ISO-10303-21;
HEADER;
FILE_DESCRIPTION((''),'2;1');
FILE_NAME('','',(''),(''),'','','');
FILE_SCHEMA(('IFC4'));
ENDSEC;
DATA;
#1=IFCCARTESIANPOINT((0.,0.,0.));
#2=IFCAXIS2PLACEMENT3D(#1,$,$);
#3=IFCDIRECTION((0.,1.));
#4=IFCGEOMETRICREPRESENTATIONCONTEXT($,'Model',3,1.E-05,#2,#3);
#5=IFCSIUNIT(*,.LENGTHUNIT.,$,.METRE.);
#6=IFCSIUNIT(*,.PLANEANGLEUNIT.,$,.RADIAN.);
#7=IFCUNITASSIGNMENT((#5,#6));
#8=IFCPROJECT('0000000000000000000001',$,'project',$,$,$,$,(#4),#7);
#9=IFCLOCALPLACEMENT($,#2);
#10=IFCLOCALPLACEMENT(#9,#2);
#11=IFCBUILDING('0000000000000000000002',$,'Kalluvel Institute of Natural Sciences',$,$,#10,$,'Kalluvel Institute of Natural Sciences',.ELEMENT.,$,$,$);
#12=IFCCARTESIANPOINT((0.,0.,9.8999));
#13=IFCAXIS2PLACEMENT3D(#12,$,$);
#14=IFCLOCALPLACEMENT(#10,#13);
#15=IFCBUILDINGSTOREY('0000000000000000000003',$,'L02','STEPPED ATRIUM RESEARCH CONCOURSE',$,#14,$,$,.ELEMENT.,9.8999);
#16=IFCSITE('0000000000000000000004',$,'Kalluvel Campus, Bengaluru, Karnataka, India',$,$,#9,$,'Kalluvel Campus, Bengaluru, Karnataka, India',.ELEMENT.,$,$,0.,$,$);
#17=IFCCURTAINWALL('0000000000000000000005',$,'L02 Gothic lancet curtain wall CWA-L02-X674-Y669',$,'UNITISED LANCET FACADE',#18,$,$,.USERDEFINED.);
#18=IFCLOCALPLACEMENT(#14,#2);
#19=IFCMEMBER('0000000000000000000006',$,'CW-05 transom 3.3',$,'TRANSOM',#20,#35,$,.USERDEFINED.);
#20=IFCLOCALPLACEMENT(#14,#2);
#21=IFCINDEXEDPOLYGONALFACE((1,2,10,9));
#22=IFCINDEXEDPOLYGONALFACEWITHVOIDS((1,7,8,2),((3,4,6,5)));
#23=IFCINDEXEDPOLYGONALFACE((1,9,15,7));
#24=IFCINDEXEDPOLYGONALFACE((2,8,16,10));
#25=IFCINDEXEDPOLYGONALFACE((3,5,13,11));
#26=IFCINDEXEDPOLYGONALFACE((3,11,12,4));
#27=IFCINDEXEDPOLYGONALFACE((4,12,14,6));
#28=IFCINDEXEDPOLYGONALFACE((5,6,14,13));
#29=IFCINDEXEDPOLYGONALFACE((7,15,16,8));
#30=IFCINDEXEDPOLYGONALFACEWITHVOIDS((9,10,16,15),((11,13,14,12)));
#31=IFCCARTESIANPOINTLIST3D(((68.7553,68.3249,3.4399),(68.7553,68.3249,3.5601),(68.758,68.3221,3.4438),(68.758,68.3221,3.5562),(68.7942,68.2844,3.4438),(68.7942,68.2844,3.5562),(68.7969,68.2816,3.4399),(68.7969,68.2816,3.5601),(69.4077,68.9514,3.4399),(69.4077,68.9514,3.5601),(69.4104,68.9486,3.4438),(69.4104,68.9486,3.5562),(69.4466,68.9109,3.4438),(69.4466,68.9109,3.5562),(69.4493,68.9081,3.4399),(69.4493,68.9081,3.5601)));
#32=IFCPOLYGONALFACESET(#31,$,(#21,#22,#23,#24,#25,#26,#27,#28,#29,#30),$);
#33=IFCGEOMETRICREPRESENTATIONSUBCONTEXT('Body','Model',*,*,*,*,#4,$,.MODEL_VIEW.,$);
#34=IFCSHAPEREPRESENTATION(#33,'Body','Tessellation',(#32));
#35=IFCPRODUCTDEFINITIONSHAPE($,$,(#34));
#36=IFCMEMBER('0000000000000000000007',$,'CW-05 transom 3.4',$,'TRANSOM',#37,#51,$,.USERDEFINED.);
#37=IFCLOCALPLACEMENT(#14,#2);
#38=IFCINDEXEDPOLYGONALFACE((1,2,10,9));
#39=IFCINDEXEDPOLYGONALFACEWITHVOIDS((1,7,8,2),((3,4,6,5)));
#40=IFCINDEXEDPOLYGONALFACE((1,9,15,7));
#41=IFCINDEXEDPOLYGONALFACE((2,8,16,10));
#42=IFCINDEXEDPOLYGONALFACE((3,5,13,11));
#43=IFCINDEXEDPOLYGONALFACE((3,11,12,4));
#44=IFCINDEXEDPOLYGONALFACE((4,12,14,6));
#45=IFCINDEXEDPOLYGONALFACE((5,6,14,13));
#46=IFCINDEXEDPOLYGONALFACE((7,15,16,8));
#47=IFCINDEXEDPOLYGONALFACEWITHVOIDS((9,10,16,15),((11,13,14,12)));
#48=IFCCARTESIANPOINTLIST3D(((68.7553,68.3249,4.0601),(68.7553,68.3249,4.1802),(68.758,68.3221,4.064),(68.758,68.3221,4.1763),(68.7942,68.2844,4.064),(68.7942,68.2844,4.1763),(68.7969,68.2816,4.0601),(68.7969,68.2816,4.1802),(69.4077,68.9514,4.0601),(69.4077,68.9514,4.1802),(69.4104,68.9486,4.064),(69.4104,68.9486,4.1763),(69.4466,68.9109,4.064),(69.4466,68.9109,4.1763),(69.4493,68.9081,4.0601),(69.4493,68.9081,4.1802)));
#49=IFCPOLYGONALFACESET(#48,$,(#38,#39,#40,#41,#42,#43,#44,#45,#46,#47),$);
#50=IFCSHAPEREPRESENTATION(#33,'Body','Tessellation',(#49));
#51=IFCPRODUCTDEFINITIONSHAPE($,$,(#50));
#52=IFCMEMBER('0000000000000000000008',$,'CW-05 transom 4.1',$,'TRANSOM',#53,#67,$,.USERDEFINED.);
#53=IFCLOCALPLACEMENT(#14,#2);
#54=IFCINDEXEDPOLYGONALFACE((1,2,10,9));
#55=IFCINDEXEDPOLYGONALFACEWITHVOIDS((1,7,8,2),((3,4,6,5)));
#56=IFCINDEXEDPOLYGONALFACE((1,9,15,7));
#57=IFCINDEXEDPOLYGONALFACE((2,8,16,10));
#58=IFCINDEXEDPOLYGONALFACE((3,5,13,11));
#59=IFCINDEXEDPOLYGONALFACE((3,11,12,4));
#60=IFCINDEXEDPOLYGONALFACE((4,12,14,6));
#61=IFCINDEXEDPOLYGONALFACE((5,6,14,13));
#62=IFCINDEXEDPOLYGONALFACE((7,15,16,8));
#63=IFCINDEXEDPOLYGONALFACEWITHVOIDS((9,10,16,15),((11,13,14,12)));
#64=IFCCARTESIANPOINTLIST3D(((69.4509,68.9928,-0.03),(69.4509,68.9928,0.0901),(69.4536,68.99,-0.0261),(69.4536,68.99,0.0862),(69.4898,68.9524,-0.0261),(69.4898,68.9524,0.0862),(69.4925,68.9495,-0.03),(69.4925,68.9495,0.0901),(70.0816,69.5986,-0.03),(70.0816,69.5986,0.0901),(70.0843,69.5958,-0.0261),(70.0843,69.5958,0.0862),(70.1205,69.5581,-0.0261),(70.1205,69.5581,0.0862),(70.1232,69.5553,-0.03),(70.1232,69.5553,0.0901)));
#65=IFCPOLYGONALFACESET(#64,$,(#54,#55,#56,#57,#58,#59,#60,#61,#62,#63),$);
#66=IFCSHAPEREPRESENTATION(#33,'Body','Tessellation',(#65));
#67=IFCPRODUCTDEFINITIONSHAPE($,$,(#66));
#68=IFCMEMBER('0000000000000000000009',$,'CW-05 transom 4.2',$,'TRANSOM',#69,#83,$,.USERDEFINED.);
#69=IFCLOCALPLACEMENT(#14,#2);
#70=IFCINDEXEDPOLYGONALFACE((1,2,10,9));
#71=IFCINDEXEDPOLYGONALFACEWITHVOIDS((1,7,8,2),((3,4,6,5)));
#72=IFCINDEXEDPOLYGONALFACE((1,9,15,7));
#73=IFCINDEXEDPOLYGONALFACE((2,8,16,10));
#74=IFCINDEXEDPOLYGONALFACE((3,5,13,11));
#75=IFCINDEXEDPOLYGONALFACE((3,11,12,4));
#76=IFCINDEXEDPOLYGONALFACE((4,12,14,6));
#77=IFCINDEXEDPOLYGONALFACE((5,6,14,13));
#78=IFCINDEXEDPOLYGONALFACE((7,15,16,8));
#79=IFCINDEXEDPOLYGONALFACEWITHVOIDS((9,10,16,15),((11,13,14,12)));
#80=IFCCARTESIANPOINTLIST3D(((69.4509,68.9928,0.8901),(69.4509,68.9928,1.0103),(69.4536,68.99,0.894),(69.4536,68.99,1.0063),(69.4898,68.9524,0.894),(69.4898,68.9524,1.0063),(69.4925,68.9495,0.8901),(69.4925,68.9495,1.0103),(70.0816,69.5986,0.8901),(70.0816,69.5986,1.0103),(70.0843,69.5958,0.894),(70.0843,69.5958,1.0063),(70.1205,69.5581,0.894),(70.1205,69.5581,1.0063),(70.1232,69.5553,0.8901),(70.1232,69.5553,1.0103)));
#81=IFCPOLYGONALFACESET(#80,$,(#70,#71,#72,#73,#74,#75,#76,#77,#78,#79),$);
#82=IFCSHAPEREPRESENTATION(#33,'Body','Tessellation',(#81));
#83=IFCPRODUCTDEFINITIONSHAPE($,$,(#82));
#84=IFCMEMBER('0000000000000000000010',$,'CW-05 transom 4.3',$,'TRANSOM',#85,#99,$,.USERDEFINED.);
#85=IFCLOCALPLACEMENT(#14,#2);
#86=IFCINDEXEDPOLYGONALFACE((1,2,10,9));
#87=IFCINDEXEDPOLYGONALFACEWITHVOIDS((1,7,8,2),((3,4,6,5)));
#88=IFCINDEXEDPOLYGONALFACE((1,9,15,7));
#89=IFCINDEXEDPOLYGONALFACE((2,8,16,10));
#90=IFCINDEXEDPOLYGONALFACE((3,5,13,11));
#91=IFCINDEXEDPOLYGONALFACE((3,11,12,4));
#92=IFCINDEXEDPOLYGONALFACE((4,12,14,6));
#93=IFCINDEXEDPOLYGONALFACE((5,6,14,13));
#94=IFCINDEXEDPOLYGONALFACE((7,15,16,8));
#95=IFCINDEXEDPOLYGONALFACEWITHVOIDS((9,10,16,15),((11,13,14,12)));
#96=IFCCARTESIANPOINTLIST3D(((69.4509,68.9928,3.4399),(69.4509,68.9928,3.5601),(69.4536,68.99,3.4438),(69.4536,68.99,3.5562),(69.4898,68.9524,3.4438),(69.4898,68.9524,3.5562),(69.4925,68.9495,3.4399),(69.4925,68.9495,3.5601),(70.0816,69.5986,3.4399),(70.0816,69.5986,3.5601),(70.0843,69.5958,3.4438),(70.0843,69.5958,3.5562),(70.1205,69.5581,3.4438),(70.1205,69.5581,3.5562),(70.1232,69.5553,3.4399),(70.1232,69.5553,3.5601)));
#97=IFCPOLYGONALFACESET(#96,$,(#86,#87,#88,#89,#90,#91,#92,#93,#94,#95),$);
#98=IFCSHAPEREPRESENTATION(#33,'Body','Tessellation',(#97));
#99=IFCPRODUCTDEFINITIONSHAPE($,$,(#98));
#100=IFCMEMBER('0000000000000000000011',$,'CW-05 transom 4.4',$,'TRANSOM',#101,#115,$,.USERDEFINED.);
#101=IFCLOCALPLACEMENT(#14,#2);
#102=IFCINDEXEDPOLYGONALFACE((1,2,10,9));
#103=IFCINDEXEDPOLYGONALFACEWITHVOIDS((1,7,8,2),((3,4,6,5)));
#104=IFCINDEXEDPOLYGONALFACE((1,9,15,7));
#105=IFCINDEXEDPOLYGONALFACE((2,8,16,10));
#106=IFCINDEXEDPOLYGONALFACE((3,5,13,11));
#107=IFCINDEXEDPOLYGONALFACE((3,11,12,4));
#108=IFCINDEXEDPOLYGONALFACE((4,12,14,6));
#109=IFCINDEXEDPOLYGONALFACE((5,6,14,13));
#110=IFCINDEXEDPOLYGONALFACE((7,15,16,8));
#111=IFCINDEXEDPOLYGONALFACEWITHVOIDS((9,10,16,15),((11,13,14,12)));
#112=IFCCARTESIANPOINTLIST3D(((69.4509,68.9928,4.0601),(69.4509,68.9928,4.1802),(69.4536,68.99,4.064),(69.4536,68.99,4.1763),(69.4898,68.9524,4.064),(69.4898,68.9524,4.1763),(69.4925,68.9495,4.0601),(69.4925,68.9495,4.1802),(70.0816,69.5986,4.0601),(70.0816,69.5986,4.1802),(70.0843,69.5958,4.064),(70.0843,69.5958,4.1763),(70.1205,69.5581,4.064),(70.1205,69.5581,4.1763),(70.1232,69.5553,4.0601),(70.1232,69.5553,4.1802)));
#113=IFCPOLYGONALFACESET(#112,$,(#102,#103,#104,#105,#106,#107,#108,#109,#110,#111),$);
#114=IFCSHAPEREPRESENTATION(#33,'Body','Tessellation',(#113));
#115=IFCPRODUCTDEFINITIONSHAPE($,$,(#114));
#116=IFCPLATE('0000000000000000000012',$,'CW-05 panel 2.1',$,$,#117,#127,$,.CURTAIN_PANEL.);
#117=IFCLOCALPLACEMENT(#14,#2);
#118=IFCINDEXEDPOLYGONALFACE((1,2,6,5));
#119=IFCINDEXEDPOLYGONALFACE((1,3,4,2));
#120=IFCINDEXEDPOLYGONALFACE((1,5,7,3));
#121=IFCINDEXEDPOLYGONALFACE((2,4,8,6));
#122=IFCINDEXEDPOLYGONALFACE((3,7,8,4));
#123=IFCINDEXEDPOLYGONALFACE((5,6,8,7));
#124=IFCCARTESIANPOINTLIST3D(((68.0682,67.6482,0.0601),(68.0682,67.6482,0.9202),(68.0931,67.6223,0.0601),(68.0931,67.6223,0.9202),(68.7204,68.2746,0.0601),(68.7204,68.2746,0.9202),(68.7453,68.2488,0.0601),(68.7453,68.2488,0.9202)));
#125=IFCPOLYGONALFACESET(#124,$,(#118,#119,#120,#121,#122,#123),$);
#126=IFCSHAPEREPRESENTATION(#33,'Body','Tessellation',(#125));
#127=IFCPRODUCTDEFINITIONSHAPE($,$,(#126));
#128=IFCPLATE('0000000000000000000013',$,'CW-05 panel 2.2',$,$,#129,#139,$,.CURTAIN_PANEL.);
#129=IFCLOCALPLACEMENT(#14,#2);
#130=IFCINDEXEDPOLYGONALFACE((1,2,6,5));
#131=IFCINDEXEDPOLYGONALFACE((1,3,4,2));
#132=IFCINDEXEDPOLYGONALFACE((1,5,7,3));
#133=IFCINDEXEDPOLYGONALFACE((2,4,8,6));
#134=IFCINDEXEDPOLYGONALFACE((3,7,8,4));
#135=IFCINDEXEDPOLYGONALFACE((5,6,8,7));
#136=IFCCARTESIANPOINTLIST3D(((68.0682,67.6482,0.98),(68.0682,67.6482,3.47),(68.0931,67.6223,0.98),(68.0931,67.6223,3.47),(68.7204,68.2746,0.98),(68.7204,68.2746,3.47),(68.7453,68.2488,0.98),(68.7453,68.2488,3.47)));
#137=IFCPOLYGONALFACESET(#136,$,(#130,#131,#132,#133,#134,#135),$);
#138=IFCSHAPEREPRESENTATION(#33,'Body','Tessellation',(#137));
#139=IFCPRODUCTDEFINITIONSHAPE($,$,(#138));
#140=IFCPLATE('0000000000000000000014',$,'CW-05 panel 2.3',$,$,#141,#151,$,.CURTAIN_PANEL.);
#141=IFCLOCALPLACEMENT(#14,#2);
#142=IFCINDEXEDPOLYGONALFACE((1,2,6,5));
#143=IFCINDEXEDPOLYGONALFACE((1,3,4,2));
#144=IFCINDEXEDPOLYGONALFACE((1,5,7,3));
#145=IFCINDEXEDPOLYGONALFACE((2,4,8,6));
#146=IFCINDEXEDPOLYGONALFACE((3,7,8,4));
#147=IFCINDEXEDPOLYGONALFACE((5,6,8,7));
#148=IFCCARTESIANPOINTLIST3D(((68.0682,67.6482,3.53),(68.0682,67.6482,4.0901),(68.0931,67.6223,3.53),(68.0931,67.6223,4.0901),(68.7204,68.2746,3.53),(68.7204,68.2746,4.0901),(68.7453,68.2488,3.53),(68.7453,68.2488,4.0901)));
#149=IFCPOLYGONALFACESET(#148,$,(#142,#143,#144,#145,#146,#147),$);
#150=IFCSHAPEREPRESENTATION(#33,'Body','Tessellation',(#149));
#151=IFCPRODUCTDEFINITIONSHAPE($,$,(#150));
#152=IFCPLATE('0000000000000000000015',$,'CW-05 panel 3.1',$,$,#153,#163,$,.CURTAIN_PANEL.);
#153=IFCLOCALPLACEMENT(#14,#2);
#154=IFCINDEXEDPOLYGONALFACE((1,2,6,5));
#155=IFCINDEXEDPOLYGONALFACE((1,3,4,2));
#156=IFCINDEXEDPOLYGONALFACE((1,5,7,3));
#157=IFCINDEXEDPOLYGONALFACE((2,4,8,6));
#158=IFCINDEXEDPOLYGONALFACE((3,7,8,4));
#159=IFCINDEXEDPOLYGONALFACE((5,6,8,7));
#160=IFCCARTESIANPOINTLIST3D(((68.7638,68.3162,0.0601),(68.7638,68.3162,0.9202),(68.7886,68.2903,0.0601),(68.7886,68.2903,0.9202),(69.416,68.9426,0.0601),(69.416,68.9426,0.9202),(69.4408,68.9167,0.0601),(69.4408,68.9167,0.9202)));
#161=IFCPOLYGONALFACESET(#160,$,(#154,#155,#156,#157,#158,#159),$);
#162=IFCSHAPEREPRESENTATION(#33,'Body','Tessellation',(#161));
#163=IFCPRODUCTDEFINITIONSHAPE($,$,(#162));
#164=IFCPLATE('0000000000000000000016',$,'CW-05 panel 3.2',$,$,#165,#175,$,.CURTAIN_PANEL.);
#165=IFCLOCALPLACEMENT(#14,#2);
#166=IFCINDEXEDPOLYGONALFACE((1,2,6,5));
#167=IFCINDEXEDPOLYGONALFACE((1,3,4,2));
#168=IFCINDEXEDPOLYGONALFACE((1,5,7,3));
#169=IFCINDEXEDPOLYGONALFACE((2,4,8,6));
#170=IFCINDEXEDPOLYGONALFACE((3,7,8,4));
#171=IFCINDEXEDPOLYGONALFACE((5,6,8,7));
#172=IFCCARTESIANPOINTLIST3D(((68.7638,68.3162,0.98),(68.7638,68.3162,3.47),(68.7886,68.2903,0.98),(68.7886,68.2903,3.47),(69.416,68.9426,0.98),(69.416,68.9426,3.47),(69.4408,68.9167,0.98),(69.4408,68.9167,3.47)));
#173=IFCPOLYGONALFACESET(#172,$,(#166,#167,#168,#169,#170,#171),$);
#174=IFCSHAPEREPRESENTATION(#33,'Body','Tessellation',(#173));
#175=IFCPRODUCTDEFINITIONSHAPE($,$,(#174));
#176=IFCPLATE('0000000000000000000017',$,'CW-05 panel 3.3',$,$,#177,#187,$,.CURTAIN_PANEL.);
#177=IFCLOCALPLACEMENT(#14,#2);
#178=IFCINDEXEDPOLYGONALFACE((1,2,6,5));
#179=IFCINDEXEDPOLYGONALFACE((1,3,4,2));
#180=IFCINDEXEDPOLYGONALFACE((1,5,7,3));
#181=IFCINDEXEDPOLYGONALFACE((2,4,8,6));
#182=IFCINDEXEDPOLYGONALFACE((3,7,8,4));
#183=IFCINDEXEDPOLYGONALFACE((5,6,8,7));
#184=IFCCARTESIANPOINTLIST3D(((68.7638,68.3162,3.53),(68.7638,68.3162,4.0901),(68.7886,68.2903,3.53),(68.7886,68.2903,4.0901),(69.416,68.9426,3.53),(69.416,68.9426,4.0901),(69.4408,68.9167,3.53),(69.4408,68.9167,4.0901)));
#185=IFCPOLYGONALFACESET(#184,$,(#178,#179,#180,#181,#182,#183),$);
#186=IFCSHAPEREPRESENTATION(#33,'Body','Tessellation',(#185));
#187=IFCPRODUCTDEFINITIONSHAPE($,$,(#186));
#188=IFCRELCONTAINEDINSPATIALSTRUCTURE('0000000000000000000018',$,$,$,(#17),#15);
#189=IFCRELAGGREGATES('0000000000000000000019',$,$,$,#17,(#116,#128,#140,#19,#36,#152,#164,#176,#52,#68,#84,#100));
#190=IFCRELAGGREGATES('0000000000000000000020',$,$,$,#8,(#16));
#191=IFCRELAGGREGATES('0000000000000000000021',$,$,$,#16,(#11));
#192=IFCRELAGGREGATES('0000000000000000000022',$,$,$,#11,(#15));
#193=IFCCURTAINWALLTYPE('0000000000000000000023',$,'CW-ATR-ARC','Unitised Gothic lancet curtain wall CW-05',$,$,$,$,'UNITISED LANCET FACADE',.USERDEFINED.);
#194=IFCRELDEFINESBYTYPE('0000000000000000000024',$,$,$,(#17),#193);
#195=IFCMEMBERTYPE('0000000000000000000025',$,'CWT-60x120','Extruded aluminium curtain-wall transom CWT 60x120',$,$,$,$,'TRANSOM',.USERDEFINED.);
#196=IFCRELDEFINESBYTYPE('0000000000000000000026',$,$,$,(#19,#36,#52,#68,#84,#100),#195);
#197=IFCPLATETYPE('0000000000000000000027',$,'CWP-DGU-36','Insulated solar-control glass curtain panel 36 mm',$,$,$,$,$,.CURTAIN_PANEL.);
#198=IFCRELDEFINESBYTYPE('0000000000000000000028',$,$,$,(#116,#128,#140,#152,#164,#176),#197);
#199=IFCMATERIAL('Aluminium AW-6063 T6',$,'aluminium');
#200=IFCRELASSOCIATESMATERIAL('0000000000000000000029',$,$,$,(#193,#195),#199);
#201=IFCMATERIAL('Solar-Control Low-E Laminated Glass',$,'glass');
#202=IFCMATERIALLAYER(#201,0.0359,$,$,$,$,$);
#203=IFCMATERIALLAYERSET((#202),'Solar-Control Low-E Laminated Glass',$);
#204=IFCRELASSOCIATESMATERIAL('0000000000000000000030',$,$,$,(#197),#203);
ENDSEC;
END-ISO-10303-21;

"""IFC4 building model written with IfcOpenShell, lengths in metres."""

from ifc_helpers import new_model, si_unit, direction, frame, origin, origin_2d, place, context, subcontext, project, spatial, rectangle, hollow_rectangle, extrude, material, layer, layer_set, material_profile, profile_set, type_object, element, aggregate, save


model = new_model("IFC4")

# Units and contexts
model_context = context("Model", 3, precision=1e-05, world=origin(), true_north=direction((0.0, 1.0)))
body_context = subcontext(model_context, "Body", "Model", "MODEL_VIEW")
ifc_project = project(units=[si_unit("LENGTHUNIT", "METRE"), si_unit("PLANEANGLEUNIT", "RADIAN")], contexts=[model_context])

# Site, building, storey
site_placement = place(None, origin())
site = spatial("IfcSite", under=ifc_project, at=site_placement, Name="Kalluvel Campus, Bengaluru, Karnataka, India", LongName="Kalluvel Campus, Bengaluru, Karnataka, India", CompositionType="ELEMENT", RefElevation=0.0)
building_placement = place(site_placement, origin())
building = spatial("IfcBuilding", under=site, at=building_placement, Name="Kalluvel Institute of Natural Sciences", LongName="Kalluvel Institute of Natural Sciences", CompositionType="ELEMENT")
storey_placement = place(building_placement, frame((0.0, 0.0, 9.8999)))
storey = spatial("IfcBuildingStorey", under=building, at=storey_placement, Name="L02", Description="STEPPED ATRIUM RESEARCH CONCOURSE", CompositionType="ELEMENT", Elevation=9.8999)

# Curtain wall, members, plates
ifc_material_1 = material(Name="Aluminium AW-6063 T6", Category="aluminium")
curtain_wall_type = type_object("IfcCurtainWallType", Name="CW-ATR-ARC", Description="Unitised Gothic lancet curtain wall CW-05", ElementType="UNITISED LANCET FACADE", PredefinedType="USERDEFINED", material=ifc_material_1)
curtain_wall_placement = place(storey_placement, origin())
curtain_wall = element("IfcCurtainWall", 1, at=curtain_wall_placement, inside=storey, type_object=curtain_wall_type, Name="L02 Gothic lancet curtain wall CWA-L02-X674-Y669", ObjectType="UNITISED LANCET FACADE", PredefinedType="USERDEFINED")
ifc_material_profile_1 = material_profile(ifc_material_1, hollow_rectangle(XDim=0.0601, YDim=0.1201, WallThickness=0.0039, at=origin_2d()), Name="CWT 60x120")
ifc_profile_set_1 = profile_set([ifc_material_profile_1], Name="Aluminium AW-6063 T6")
member_type_1 = type_object("IfcMemberType", Name="CWT-60x120", Description="Extruded aluminium curtain-wall transom CWT 60x120", ElementType="TRANSOM", PredefinedType="USERDEFINED", material=ifc_profile_set_1)
member_1_placement = place(storey_placement, frame((68.7761, 68.3032, 3.5), z_axis=(0.721269, 0.692655, 0.0), x_axis=(-0.692655, 0.721269, 0.0)))
member_1 = element("IfcMember", 2, at=member_1_placement, type_object=member_type_1, Name="CW-05 transom 3.3", ObjectType="TRANSOM", PredefinedType="USERDEFINED", context=body_context, shape_type="SweptSolid", body=[
    extrude(hollow_rectangle(XDim=0.0601, YDim=0.1201, WallThickness=0.0039, at=origin_2d()), origin(), (0.0, 0.0, 1.0), 0.9045),
])
member_2_placement = place(storey_placement, frame((68.7761, 68.3032, 4.1201), z_axis=(0.721269, 0.692655, 0.0), x_axis=(-0.692655, 0.721269, 0.0)))
member_2 = element("IfcMember", 3, at=member_2_placement, type_object=member_type_1, Name="CW-05 transom 3.4", ObjectType="TRANSOM", PredefinedType="USERDEFINED", context=body_context, shape_type="SweptSolid", body=[
    extrude(hollow_rectangle(XDim=0.0601, YDim=0.1201, WallThickness=0.0039, at=origin_2d()), origin(), (0.0, 0.0, 1.0), 0.9045),
])
member_3_placement = place(storey_placement, frame((69.4717, 68.9712, 0.03), z_axis=(0.721203, 0.692724, 0.0), x_axis=(-0.692724, 0.721203, 0.0)))
member_3 = element("IfcMember", 4, at=member_3_placement, type_object=member_type_1, Name="CW-05 transom 4.1", ObjectType="TRANSOM", PredefinedType="USERDEFINED", context=body_context, shape_type="SweptSolid", body=[
    extrude(hollow_rectangle(XDim=0.0601, YDim=0.1201, WallThickness=0.0039, at=origin_2d()), origin(), (0.0, 0.0, 1.0), 0.8745),
])
member_4_placement = place(storey_placement, frame((69.4717, 68.9712, 0.9502), z_axis=(0.721203, 0.692724, 0.0), x_axis=(-0.692724, 0.721203, 0.0)))
member_4 = element("IfcMember", 5, at=member_4_placement, type_object=member_type_1, Name="CW-05 transom 4.2", ObjectType="TRANSOM", PredefinedType="USERDEFINED", context=body_context, shape_type="SweptSolid", body=[
    extrude(hollow_rectangle(XDim=0.0601, YDim=0.1201, WallThickness=0.0039, at=origin_2d()), origin(), (0.0, 0.0, 1.0), 0.8745),
])
member_5_placement = place(storey_placement, frame((69.4717, 68.9712, 3.5), z_axis=(0.721203, 0.692724, 0.0), x_axis=(-0.692724, 0.721203, 0.0)))
member_5 = element("IfcMember", 6, at=member_5_placement, type_object=member_type_1, Name="CW-05 transom 4.3", ObjectType="TRANSOM", PredefinedType="USERDEFINED", context=body_context, shape_type="SweptSolid", body=[
    extrude(hollow_rectangle(XDim=0.0601, YDim=0.1201, WallThickness=0.0039, at=origin_2d()), origin(), (0.0, 0.0, 1.0), 0.8745),
])
member_6_placement = place(storey_placement, frame((69.4717, 68.9712, 4.1201), z_axis=(0.721203, 0.692724, 0.0), x_axis=(-0.692724, 0.721203, 0.0)))
member_6 = element("IfcMember", 7, at=member_6_placement, type_object=member_type_1, Name="CW-05 transom 4.4", ObjectType="TRANSOM", PredefinedType="USERDEFINED", context=body_context, shape_type="SweptSolid", body=[
    extrude(hollow_rectangle(XDim=0.0601, YDim=0.1201, WallThickness=0.0039, at=origin_2d()), origin(), (0.0, 0.0, 1.0), 0.8745),
])
ifc_material_2 = material(Name="Solar-Control Low-E Laminated Glass", Category="glass")
ifc_layer_1 = layer(ifc_material_2, 0.0359)
ifc_layer_set_1 = layer_set([ifc_layer_1], Name="Solar-Control Low-E Laminated Glass")
plate_type = type_object("IfcPlateType", Name="CWP-DGU-36", Description="Insulated solar-control glass curtain panel 36 mm", PredefinedType="CURTAIN_PANEL", material=ifc_layer_set_1)
plate_1_placement = place(storey_placement, frame((68.4067, 67.9485, 0.0601), z_axis=(0.0, 0.0, 1.0), x_axis=(0.721196, 0.692731, 0.0)))
plate_1 = element("IfcPlate", 8, at=plate_1_placement, type_object=plate_type, Name="CW-05 panel 2.1", PredefinedType="CURTAIN_PANEL", context=body_context, shape_type="SweptSolid", body=[
    extrude(rectangle(XDim=0.9043, YDim=0.0359, at=origin_2d()), origin(), (0.0, 0.0, 1.0), 0.8601),
])
plate_2_placement = place(storey_placement, frame((68.4067, 67.9485, 0.98), z_axis=(0.0, 0.0, 1.0), x_axis=(0.721196, 0.692731, 0.0)))
plate_2 = element("IfcPlate", 9, at=plate_2_placement, type_object=plate_type, Name="CW-05 panel 2.2", PredefinedType="CURTAIN_PANEL", context=body_context, shape_type="SweptSolid", body=[
    extrude(rectangle(XDim=0.9043, YDim=0.0359, at=origin_2d()), origin(), (0.0, 0.0, 1.0), 2.49),
])
plate_3_placement = place(storey_placement, frame((68.4067, 67.9485, 3.53), z_axis=(0.0, 0.0, 1.0), x_axis=(0.721196, 0.692731, 0.0)))
plate_3 = element("IfcPlate", 10, at=plate_3_placement, type_object=plate_type, Name="CW-05 panel 2.3", PredefinedType="CURTAIN_PANEL", context=body_context, shape_type="SweptSolid", body=[
    extrude(rectangle(XDim=0.9043, YDim=0.0359, at=origin_2d()), origin(), (0.0, 0.0, 1.0), 0.5601),
])
plate_4_placement = place(storey_placement, frame((69.1023, 68.6165, 0.0601), z_axis=(0.0, 0.0, 1.0), x_axis=(0.721196, 0.692731, 0.0)))
plate_4 = element("IfcPlate", 11, at=plate_4_placement, type_object=plate_type, Name="CW-05 panel 3.1", PredefinedType="CURTAIN_PANEL", context=body_context, shape_type="SweptSolid", body=[
    extrude(rectangle(XDim=0.9043, YDim=0.0359, at=origin_2d()), origin(), (0.0, 0.0, 1.0), 0.8601),
])
plate_5_placement = place(storey_placement, frame((69.1023, 68.6165, 0.98), z_axis=(0.0, 0.0, 1.0), x_axis=(0.721196, 0.692731, 0.0)))
plate_5 = element("IfcPlate", 12, at=plate_5_placement, type_object=plate_type, Name="CW-05 panel 3.2", PredefinedType="CURTAIN_PANEL", context=body_context, shape_type="SweptSolid", body=[
    extrude(rectangle(XDim=0.9043, YDim=0.0359, at=origin_2d()), origin(), (0.0, 0.0, 1.0), 2.49),
])
plate_6_placement = place(storey_placement, frame((69.1023, 68.6165, 3.53), z_axis=(0.0, 0.0, 1.0), x_axis=(0.721196, 0.692731, 0.0)))
plate_6 = element("IfcPlate", 13, at=plate_6_placement, type_object=plate_type, Name="CW-05 panel 3.3", PredefinedType="CURTAIN_PANEL", context=body_context, shape_type="SweptSolid", body=[
    extrude(rectangle(XDim=0.9043, YDim=0.0359, at=origin_2d()), origin(), (0.0, 0.0, 1.0), 0.5601),
])
aggregate(curtain_wall, [plate_1, plate_2, plate_3, member_1, member_2, plate_4, plate_5, plate_6, member_3, member_4, member_5, member_6])

save(model, "model.ifc")
